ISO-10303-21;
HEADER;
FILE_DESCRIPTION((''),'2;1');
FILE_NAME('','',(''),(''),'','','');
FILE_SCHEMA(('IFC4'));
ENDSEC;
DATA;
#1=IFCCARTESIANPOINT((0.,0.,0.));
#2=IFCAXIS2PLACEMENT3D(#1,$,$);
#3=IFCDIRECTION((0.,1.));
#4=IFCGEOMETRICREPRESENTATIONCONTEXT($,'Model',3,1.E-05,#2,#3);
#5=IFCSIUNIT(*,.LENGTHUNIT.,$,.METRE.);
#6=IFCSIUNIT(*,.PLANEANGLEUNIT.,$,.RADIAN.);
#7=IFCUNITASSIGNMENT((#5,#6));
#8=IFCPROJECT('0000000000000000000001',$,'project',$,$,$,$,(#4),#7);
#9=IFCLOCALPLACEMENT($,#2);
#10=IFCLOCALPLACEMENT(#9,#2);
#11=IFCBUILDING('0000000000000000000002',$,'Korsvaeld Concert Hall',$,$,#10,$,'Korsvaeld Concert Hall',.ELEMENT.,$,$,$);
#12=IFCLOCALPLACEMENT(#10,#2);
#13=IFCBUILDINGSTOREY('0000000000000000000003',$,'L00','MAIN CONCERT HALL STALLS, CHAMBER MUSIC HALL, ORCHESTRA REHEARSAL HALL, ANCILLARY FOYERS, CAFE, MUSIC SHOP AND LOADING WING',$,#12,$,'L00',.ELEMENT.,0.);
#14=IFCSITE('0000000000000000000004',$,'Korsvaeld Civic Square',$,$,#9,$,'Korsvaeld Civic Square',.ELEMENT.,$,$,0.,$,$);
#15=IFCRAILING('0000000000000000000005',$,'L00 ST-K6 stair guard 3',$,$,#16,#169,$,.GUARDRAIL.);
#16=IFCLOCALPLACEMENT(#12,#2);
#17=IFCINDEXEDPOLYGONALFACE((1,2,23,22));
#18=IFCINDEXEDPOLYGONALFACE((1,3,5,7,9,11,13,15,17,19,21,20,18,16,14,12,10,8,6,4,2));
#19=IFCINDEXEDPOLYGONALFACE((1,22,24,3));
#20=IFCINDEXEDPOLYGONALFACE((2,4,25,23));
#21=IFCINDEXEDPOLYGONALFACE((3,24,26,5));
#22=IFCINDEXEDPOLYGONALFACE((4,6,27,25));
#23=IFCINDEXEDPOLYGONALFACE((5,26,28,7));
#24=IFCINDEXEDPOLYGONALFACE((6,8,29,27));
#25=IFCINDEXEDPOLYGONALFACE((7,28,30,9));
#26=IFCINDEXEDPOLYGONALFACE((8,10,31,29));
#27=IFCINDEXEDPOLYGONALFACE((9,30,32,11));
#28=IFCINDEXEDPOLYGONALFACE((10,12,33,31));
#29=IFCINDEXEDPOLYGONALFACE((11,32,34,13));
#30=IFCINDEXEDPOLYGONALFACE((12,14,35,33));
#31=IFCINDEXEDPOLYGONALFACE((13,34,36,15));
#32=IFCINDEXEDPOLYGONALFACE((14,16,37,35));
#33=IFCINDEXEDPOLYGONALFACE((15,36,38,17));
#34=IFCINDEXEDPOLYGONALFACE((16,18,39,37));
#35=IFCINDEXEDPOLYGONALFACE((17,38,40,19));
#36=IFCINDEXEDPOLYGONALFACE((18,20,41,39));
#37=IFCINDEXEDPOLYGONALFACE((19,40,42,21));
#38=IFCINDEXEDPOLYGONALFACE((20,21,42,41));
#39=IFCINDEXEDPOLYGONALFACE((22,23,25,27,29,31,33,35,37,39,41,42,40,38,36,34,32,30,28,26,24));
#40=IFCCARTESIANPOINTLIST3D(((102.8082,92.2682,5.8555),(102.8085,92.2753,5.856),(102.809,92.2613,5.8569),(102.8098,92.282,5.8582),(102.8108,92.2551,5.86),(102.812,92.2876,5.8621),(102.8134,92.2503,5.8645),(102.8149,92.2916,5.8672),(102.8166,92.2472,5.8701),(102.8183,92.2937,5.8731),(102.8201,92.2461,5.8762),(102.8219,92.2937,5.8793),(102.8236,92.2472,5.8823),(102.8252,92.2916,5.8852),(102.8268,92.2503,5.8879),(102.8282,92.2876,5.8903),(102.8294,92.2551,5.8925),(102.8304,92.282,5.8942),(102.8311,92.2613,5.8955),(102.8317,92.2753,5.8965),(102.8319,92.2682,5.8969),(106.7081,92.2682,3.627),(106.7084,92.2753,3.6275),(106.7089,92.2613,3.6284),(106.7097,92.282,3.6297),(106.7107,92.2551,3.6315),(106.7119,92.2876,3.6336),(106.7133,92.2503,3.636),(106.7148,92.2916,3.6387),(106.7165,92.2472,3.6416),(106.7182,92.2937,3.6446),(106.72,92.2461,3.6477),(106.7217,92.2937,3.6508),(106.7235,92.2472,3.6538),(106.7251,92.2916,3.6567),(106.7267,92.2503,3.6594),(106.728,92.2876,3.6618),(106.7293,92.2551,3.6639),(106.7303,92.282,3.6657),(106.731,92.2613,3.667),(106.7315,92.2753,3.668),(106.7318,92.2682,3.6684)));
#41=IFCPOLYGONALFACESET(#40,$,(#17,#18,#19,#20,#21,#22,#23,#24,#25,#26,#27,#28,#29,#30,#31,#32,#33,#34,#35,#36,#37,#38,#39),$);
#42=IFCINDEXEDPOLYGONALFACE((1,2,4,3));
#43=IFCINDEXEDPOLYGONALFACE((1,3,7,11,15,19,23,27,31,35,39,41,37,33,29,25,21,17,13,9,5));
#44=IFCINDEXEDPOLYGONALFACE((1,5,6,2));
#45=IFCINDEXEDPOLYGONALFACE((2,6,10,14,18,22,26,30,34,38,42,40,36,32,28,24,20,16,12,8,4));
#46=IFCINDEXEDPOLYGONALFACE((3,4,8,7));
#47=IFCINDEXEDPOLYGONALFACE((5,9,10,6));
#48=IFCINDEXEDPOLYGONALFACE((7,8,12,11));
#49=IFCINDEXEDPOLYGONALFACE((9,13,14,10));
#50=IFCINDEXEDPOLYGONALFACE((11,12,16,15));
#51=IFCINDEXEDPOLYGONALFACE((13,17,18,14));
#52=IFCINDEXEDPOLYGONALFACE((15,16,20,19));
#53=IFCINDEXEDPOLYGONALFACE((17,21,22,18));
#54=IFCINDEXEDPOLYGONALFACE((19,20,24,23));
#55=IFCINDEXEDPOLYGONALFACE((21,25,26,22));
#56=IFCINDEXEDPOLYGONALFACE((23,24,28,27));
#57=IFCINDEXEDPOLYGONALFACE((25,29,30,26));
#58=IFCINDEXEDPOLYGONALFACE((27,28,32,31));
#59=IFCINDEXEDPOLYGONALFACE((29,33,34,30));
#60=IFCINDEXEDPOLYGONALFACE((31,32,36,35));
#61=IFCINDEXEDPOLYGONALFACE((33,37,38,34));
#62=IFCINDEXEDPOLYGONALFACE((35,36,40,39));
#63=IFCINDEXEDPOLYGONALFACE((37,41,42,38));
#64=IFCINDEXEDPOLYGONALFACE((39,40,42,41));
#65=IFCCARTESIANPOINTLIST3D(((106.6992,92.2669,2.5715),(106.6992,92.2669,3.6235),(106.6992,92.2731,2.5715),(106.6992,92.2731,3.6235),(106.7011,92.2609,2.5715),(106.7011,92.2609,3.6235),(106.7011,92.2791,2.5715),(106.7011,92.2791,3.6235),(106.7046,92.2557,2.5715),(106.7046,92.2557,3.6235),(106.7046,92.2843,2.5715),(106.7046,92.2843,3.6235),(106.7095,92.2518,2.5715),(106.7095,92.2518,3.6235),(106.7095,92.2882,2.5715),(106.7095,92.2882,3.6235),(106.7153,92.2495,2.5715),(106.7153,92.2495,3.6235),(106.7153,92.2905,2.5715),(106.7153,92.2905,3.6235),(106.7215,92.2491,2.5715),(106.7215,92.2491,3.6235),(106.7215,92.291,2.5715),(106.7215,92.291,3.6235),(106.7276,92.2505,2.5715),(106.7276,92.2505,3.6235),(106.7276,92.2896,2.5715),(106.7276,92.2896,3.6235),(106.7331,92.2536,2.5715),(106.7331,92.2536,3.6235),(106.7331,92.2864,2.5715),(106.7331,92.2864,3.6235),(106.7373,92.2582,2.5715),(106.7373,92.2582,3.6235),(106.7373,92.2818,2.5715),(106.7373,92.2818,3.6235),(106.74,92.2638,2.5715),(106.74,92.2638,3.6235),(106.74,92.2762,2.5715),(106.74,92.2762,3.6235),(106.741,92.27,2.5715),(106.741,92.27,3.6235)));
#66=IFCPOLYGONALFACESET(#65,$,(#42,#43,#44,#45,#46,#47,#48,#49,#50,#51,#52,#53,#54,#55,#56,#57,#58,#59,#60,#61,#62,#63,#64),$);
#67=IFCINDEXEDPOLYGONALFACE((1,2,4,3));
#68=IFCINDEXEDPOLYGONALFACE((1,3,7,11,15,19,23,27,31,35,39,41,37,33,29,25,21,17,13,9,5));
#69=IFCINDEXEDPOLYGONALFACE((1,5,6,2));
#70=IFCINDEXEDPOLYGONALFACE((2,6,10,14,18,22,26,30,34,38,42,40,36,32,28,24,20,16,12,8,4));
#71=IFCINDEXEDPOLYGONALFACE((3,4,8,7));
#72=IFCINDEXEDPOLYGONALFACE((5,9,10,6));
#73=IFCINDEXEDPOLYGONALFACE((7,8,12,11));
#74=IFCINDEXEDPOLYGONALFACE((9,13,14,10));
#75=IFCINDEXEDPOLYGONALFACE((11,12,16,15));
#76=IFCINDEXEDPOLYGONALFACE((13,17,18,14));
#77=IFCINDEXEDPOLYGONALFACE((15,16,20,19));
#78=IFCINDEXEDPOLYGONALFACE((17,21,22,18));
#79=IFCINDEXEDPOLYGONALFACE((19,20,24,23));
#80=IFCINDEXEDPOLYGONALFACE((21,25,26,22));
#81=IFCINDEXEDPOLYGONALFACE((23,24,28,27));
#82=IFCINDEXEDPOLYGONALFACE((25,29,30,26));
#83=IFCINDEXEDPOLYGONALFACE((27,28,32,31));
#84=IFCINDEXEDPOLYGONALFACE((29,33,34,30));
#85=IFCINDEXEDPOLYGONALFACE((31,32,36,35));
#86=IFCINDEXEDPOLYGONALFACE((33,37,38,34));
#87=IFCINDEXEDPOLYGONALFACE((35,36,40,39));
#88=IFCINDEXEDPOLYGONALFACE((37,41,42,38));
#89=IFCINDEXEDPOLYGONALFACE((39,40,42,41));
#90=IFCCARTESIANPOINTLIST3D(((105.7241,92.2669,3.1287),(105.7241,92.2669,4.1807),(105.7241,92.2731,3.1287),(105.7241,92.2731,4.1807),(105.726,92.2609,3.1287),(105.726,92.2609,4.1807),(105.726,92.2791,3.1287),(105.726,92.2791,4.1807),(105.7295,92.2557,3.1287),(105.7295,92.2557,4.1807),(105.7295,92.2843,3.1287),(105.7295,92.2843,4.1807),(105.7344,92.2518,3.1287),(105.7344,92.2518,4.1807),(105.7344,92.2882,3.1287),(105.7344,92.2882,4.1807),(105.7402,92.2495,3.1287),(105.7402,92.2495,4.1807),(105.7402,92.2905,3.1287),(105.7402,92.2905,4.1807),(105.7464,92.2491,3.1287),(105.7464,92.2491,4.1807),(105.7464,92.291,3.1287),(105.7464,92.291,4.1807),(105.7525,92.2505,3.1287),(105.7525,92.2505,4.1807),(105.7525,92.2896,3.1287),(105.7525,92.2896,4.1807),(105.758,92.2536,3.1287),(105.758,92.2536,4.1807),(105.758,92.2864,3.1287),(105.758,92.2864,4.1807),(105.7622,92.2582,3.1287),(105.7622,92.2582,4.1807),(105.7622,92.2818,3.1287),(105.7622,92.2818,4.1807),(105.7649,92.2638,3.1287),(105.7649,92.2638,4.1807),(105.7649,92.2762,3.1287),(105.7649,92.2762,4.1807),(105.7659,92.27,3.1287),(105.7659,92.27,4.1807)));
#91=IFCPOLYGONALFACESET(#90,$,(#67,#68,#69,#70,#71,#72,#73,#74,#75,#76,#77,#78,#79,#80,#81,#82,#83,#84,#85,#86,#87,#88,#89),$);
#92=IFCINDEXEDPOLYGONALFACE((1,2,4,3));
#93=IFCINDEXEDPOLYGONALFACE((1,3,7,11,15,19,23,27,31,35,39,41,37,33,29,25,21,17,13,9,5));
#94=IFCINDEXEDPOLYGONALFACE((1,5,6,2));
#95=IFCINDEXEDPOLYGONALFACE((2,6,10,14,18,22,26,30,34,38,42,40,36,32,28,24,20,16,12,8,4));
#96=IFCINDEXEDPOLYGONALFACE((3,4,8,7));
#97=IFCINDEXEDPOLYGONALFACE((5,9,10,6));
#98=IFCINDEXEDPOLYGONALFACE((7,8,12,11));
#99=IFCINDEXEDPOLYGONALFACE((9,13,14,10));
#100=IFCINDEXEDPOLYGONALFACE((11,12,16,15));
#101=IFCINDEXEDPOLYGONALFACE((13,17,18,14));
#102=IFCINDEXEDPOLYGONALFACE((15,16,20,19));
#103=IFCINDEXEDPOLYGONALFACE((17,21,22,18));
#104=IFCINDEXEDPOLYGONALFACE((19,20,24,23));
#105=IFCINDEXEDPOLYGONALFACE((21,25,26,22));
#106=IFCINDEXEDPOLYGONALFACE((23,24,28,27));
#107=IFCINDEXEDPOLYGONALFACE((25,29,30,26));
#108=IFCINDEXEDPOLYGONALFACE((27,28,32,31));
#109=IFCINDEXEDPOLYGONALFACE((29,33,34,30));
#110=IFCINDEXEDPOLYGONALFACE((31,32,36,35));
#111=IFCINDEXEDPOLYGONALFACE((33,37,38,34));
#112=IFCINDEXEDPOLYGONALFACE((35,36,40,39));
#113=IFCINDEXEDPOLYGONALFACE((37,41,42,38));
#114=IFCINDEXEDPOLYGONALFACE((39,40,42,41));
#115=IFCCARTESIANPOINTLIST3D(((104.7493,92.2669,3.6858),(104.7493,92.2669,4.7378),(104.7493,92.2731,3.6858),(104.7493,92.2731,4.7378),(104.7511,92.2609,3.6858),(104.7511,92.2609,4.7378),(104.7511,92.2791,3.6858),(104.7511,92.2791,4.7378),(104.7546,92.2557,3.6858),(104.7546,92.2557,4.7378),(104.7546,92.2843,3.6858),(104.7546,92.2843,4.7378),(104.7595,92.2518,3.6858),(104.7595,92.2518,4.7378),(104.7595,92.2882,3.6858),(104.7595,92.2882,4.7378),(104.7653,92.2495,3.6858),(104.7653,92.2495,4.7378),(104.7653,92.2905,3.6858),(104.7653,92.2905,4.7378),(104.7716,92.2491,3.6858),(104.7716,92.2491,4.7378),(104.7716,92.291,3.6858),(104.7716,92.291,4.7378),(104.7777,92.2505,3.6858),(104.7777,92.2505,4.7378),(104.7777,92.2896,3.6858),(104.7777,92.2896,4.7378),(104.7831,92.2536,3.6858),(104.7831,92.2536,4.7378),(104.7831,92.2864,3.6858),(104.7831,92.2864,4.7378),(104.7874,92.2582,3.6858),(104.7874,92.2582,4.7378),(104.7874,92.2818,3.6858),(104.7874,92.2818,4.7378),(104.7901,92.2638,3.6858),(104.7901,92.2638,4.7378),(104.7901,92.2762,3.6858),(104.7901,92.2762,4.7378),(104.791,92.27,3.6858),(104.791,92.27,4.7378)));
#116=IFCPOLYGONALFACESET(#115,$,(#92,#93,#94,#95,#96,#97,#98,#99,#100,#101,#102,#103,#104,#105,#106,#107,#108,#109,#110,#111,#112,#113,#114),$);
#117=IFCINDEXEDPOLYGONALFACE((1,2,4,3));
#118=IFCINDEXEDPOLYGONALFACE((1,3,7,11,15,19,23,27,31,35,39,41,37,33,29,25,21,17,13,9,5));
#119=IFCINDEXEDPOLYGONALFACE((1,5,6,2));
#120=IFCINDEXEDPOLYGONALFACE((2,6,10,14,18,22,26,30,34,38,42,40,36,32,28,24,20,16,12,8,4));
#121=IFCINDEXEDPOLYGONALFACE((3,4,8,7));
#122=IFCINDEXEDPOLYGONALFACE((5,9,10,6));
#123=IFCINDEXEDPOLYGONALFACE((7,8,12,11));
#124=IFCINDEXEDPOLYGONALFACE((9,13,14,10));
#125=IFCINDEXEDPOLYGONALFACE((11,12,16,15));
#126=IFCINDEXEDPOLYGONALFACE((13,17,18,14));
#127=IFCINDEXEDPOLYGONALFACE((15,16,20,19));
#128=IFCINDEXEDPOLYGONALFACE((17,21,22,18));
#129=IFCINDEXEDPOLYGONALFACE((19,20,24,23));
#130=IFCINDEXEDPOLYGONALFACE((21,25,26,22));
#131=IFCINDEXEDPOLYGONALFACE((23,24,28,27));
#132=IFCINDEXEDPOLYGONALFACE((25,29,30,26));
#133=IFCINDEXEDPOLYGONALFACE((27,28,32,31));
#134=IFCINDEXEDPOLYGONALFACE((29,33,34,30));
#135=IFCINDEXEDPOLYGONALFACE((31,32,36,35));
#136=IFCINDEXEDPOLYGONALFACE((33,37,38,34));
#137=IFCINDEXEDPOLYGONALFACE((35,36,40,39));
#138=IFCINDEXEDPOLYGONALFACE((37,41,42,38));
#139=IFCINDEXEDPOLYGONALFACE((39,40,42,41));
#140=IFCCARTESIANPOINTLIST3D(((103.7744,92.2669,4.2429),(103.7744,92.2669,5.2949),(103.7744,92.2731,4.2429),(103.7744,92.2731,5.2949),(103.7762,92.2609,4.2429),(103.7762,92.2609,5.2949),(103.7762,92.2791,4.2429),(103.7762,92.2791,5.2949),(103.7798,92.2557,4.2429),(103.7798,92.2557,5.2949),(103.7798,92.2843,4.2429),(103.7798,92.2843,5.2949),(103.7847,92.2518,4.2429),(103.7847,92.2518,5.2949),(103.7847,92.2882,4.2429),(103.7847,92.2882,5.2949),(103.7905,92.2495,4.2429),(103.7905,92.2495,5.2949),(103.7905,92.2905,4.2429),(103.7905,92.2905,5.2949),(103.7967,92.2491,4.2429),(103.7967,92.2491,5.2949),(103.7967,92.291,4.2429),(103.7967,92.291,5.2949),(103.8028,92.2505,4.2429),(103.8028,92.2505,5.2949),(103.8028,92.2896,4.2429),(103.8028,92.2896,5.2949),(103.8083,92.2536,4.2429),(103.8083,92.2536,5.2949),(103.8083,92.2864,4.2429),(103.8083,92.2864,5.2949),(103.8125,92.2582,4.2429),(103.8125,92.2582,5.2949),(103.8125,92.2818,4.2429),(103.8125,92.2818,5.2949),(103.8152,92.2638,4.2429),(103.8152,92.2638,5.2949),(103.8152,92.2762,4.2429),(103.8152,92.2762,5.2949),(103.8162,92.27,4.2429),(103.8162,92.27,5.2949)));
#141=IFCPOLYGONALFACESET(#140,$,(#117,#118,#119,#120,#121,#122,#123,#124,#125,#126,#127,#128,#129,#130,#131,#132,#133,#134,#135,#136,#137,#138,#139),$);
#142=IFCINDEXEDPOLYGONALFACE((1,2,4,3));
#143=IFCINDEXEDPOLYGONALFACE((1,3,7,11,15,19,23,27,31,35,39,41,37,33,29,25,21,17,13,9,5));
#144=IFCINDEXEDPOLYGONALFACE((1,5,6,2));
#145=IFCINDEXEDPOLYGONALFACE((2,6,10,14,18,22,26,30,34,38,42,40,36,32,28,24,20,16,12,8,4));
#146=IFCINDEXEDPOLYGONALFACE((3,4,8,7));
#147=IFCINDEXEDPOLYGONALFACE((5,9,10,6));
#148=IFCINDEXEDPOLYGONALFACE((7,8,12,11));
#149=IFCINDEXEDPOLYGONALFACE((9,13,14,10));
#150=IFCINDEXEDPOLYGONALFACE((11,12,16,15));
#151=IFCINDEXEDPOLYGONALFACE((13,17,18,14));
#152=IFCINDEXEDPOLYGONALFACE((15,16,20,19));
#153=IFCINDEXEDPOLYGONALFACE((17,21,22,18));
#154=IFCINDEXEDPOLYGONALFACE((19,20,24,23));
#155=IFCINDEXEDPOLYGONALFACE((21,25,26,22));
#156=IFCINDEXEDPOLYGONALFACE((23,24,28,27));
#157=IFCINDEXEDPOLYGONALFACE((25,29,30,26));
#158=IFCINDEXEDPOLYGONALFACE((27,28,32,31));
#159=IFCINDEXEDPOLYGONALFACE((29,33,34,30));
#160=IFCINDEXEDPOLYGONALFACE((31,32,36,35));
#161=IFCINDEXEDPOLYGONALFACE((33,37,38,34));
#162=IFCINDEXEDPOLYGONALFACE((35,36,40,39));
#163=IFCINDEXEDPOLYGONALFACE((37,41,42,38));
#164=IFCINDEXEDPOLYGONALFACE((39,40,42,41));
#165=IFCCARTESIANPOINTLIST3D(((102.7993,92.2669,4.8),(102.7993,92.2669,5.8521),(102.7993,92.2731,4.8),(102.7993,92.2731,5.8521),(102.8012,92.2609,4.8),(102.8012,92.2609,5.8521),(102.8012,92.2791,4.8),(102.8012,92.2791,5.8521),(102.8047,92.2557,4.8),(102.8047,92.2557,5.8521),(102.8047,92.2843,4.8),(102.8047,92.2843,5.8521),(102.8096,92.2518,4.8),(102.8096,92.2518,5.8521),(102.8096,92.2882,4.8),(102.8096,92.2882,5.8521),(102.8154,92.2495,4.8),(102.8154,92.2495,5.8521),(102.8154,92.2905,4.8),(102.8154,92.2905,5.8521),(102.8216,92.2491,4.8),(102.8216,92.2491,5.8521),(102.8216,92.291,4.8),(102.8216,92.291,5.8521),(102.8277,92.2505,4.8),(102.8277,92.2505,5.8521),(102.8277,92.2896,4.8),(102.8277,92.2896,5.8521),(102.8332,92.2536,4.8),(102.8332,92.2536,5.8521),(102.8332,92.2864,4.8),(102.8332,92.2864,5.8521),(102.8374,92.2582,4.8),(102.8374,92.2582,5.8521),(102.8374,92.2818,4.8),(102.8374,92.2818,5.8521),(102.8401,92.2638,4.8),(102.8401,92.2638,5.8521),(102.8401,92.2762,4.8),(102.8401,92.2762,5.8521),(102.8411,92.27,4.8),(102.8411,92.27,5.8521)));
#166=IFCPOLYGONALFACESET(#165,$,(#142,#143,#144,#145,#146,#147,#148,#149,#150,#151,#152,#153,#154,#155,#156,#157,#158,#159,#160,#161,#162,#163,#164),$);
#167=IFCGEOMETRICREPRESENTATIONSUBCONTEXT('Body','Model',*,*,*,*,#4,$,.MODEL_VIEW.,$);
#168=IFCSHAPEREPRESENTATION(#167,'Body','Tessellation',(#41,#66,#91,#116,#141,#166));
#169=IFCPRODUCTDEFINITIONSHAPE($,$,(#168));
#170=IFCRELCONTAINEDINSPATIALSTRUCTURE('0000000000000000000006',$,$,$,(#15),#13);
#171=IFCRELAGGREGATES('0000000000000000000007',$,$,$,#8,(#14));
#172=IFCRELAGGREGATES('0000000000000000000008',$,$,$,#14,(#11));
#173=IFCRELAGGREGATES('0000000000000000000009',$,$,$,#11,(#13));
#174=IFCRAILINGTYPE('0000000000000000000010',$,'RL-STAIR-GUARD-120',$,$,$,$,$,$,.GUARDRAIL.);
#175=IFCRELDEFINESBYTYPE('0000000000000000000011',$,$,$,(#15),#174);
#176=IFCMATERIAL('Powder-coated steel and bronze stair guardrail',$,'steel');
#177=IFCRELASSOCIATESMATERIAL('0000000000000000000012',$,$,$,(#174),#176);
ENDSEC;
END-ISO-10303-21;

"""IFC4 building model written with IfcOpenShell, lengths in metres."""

from ifc_helpers import new_model, si_unit, direction, frame, origin, origin_2d, place, context, subcontext, project, spatial, circle, extrude, material, type_object, element, save


model = new_model("IFC4")

# Units and contexts
model_context = context("Model", 3, precision=1e-05, world=origin(), true_north=direction((0.0, 1.0)))
body_context = subcontext(model_context, "Body", "Model", "MODEL_VIEW")
ifc_project = project(units=[si_unit("LENGTHUNIT", "METRE"), si_unit("PLANEANGLEUNIT", "RADIAN")], contexts=[model_context])

# Site, building, storey
site_placement = place(None, origin())
site = spatial("IfcSite", under=ifc_project, at=site_placement, Name="Korsvaeld Civic Square", LongName="Korsvaeld Civic Square", CompositionType="ELEMENT", RefElevation=0.0)
building_placement = place(site_placement, origin())
building = spatial("IfcBuilding", under=site, at=building_placement, Name="Korsvaeld Concert Hall", LongName="Korsvaeld Concert Hall", CompositionType="ELEMENT")
storey_placement = place(building_placement, origin())
storey = spatial("IfcBuildingStorey", under=building, at=storey_placement, Name="L00", Description="MAIN CONCERT HALL STALLS, CHAMBER MUSIC HALL, ORCHESTRA REHEARSAL HALL, ANCILLARY FOYERS, CAFE, MUSIC SHOP AND LOADING WING", LongName="L00", CompositionType="ELEMENT", Elevation=0.0)

# Railing
ifc_material_1 = material(Name="Powder-coated steel and bronze stair guardrail", Category="steel")
railing_type_1 = type_object("IfcRailingType", Name="RL-STAIR-GUARD-120", PredefinedType="GUARDRAIL", material=ifc_material_1)
railing_1_placement = place(storey_placement, frame((106.72, 92.27, 2.5715)))
element("IfcRailing", 1, at=railing_1_placement, inside=storey, type_object=railing_type_1, Name="L00 ST-K6 stair guard 3", PredefinedType="GUARDRAIL", context=body_context, shape_type="SweptSolid", body=[
    extrude(circle(Radius=0.0239, at=origin_2d()), frame((0.0, 0.0, 1.0762), z_axis=(-0.868243, 0.0, 0.496139), x_axis=(0.0, -1.0, 0.0)), (0.0, 0.0, 1.0), 4.4917),
    extrude(circle(Radius=0.021, at=origin_2d()), origin(), (0.0, 0.0, 1.0), 1.052),
    extrude(circle(Radius=0.021, at=origin_2d()), frame((-0.9751, 0.0, 0.5571)), (0.0, 0.0, 1.0), 1.052),
    extrude(circle(Radius=0.021, at=origin_2d()), frame((-1.95, 0.0, 1.1143)), (0.0, 0.0, 1.0), 1.052),
    extrude(circle(Radius=0.021, at=origin_2d()), frame((-2.9248, 0.0, 1.6714)), (0.0, 0.0, 1.0), 1.052),
    extrude(circle(Radius=0.021, at=origin_2d()), frame((-3.8999, 0.0, 2.2285)), (0.0, 0.0, 1.0), 1.052),
])

save(model, "model.ifc")
